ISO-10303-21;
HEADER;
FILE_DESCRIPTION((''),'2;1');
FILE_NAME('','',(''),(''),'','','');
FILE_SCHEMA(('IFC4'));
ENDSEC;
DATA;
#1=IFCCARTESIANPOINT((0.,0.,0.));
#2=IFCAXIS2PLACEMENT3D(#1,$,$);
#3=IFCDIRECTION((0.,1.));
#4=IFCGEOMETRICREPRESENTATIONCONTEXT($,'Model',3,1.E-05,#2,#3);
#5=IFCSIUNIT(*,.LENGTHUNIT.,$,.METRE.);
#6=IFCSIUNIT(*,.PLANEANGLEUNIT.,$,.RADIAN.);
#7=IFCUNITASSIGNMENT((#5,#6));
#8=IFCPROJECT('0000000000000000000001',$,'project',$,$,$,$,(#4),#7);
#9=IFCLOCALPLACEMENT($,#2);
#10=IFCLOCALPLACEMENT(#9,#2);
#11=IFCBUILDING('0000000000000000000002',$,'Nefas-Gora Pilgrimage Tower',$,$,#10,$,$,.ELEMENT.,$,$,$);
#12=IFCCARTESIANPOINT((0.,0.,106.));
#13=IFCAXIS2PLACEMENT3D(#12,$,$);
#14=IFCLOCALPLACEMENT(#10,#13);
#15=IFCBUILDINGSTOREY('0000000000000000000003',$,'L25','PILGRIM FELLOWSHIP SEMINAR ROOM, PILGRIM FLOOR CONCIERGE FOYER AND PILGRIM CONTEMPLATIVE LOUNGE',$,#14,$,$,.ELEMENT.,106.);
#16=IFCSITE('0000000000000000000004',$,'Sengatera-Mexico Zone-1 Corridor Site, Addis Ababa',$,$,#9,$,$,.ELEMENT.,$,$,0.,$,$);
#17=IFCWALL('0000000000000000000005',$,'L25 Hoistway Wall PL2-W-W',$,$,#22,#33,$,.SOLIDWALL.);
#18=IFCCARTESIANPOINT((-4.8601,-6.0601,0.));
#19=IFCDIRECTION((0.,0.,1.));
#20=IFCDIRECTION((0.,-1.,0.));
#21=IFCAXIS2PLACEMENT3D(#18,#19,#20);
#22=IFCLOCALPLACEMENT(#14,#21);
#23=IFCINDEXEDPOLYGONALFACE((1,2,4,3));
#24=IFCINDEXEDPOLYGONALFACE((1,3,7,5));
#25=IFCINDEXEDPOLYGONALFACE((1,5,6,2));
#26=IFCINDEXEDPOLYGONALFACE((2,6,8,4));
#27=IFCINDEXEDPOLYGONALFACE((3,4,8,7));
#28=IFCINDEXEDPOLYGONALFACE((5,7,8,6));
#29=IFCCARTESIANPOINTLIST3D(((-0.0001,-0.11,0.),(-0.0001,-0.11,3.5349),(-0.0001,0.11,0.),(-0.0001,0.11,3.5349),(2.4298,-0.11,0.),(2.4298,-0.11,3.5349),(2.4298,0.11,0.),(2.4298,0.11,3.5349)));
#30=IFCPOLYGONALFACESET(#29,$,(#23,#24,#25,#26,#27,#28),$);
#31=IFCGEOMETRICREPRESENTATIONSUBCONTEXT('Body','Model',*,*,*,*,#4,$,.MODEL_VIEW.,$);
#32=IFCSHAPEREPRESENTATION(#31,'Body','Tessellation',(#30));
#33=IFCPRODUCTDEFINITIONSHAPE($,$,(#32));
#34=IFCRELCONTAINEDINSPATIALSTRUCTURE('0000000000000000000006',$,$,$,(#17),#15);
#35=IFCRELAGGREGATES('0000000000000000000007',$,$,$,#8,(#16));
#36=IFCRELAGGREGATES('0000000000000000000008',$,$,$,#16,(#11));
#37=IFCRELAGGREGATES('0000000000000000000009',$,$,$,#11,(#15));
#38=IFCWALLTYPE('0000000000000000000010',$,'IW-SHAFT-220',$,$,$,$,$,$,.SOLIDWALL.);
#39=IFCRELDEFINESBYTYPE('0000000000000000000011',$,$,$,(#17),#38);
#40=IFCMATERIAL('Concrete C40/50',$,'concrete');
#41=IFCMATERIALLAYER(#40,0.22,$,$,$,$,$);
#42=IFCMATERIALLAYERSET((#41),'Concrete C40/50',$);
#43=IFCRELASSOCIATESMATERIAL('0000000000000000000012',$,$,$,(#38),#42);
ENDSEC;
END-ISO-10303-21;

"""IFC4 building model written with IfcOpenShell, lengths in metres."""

from ifc_helpers import new_model, si_unit, direction, frame, frame_2d, origin, place, context, subcontext, project, spatial, rectangle, extrude, source, transform, mapped, material, layer, layer_set, type_object, element, save


model = new_model("IFC4")

# Units and contexts
model_context = context("Model", 3, precision=1e-05, world=origin(), true_north=direction((0.0, 1.0)))
body_context = subcontext(model_context, "Body", "Model", "MODEL_VIEW")
ifc_project = project(units=[si_unit("LENGTHUNIT", "METRE"), si_unit("PLANEANGLEUNIT", "RADIAN")], contexts=[model_context])

# Site, building, storey
site_placement = place(None, origin())
site = spatial("IfcSite", under=ifc_project, at=site_placement, Name="Sengatera-Mexico Zone-1 Corridor Site, Addis Ababa", CompositionType="ELEMENT", RefElevation=0.0)
building_placement = place(site_placement, origin())
building = spatial("IfcBuilding", under=site, at=building_placement, Name="Nefas-Gora Pilgrimage Tower", CompositionType="ELEMENT")
storey_placement = place(building_placement, frame((0.0, 0.0, 106.0)))
storey = spatial("IfcBuildingStorey", under=building, at=storey_placement, Name="L25", Description="PILGRIM FELLOWSHIP SEMINAR ROOM, PILGRIM FLOOR CONCIERGE FOYER AND PILGRIM CONTEMPLATIVE LOUNGE", CompositionType="ELEMENT", Elevation=106.0)

# Wall
ifc_material_1 = material(Name="Concrete C40/50", Category="concrete")
ifc_layer_1 = layer(ifc_material_1, 0.22)
ifc_layer_set_1 = layer_set([ifc_layer_1], Name="Concrete C40/50")
wall_type_1 = type_object("IfcWallType", Name="IW-SHAFT-220", PredefinedType="SOLIDWALL", material=ifc_layer_set_1)
shared_shape_1 = source(origin(), body_context, "Body", "SweptSolid", [
    extrude(rectangle(XDim=2.4299, YDim=0.22, at=frame_2d((1.2148, 0.0))), origin(), (0.0, 0.0, 1.0), 3.5349),
])
for number, where, z_axis, x_axis, name in (
    (1, (-4.8601, -6.0601, 0.0), (0.0, 0.0, 1.0), (0.0, -1.0, 0.0), "L25 Hoistway Wall PL2-W-W"),
):
    element("IfcWall", number, at=place(storey_placement, frame(where, z_axis=z_axis, x_axis=x_axis)), inside=storey, type_object=wall_type_1, Name=name, PredefinedType="SOLIDWALL", context=body_context, shape_type="MappedRepresentation", body=[
        mapped(shared_shape_1, transform((0.0, 0.0, 0.0), x_axis=(1.0, 0.0, 0.0), y_axis=(0.0, 1.0, 0.0), z_axis=(0.0, 0.0, 1.0), scale=1.0)),
    ])

save(model, "model.ifc")
